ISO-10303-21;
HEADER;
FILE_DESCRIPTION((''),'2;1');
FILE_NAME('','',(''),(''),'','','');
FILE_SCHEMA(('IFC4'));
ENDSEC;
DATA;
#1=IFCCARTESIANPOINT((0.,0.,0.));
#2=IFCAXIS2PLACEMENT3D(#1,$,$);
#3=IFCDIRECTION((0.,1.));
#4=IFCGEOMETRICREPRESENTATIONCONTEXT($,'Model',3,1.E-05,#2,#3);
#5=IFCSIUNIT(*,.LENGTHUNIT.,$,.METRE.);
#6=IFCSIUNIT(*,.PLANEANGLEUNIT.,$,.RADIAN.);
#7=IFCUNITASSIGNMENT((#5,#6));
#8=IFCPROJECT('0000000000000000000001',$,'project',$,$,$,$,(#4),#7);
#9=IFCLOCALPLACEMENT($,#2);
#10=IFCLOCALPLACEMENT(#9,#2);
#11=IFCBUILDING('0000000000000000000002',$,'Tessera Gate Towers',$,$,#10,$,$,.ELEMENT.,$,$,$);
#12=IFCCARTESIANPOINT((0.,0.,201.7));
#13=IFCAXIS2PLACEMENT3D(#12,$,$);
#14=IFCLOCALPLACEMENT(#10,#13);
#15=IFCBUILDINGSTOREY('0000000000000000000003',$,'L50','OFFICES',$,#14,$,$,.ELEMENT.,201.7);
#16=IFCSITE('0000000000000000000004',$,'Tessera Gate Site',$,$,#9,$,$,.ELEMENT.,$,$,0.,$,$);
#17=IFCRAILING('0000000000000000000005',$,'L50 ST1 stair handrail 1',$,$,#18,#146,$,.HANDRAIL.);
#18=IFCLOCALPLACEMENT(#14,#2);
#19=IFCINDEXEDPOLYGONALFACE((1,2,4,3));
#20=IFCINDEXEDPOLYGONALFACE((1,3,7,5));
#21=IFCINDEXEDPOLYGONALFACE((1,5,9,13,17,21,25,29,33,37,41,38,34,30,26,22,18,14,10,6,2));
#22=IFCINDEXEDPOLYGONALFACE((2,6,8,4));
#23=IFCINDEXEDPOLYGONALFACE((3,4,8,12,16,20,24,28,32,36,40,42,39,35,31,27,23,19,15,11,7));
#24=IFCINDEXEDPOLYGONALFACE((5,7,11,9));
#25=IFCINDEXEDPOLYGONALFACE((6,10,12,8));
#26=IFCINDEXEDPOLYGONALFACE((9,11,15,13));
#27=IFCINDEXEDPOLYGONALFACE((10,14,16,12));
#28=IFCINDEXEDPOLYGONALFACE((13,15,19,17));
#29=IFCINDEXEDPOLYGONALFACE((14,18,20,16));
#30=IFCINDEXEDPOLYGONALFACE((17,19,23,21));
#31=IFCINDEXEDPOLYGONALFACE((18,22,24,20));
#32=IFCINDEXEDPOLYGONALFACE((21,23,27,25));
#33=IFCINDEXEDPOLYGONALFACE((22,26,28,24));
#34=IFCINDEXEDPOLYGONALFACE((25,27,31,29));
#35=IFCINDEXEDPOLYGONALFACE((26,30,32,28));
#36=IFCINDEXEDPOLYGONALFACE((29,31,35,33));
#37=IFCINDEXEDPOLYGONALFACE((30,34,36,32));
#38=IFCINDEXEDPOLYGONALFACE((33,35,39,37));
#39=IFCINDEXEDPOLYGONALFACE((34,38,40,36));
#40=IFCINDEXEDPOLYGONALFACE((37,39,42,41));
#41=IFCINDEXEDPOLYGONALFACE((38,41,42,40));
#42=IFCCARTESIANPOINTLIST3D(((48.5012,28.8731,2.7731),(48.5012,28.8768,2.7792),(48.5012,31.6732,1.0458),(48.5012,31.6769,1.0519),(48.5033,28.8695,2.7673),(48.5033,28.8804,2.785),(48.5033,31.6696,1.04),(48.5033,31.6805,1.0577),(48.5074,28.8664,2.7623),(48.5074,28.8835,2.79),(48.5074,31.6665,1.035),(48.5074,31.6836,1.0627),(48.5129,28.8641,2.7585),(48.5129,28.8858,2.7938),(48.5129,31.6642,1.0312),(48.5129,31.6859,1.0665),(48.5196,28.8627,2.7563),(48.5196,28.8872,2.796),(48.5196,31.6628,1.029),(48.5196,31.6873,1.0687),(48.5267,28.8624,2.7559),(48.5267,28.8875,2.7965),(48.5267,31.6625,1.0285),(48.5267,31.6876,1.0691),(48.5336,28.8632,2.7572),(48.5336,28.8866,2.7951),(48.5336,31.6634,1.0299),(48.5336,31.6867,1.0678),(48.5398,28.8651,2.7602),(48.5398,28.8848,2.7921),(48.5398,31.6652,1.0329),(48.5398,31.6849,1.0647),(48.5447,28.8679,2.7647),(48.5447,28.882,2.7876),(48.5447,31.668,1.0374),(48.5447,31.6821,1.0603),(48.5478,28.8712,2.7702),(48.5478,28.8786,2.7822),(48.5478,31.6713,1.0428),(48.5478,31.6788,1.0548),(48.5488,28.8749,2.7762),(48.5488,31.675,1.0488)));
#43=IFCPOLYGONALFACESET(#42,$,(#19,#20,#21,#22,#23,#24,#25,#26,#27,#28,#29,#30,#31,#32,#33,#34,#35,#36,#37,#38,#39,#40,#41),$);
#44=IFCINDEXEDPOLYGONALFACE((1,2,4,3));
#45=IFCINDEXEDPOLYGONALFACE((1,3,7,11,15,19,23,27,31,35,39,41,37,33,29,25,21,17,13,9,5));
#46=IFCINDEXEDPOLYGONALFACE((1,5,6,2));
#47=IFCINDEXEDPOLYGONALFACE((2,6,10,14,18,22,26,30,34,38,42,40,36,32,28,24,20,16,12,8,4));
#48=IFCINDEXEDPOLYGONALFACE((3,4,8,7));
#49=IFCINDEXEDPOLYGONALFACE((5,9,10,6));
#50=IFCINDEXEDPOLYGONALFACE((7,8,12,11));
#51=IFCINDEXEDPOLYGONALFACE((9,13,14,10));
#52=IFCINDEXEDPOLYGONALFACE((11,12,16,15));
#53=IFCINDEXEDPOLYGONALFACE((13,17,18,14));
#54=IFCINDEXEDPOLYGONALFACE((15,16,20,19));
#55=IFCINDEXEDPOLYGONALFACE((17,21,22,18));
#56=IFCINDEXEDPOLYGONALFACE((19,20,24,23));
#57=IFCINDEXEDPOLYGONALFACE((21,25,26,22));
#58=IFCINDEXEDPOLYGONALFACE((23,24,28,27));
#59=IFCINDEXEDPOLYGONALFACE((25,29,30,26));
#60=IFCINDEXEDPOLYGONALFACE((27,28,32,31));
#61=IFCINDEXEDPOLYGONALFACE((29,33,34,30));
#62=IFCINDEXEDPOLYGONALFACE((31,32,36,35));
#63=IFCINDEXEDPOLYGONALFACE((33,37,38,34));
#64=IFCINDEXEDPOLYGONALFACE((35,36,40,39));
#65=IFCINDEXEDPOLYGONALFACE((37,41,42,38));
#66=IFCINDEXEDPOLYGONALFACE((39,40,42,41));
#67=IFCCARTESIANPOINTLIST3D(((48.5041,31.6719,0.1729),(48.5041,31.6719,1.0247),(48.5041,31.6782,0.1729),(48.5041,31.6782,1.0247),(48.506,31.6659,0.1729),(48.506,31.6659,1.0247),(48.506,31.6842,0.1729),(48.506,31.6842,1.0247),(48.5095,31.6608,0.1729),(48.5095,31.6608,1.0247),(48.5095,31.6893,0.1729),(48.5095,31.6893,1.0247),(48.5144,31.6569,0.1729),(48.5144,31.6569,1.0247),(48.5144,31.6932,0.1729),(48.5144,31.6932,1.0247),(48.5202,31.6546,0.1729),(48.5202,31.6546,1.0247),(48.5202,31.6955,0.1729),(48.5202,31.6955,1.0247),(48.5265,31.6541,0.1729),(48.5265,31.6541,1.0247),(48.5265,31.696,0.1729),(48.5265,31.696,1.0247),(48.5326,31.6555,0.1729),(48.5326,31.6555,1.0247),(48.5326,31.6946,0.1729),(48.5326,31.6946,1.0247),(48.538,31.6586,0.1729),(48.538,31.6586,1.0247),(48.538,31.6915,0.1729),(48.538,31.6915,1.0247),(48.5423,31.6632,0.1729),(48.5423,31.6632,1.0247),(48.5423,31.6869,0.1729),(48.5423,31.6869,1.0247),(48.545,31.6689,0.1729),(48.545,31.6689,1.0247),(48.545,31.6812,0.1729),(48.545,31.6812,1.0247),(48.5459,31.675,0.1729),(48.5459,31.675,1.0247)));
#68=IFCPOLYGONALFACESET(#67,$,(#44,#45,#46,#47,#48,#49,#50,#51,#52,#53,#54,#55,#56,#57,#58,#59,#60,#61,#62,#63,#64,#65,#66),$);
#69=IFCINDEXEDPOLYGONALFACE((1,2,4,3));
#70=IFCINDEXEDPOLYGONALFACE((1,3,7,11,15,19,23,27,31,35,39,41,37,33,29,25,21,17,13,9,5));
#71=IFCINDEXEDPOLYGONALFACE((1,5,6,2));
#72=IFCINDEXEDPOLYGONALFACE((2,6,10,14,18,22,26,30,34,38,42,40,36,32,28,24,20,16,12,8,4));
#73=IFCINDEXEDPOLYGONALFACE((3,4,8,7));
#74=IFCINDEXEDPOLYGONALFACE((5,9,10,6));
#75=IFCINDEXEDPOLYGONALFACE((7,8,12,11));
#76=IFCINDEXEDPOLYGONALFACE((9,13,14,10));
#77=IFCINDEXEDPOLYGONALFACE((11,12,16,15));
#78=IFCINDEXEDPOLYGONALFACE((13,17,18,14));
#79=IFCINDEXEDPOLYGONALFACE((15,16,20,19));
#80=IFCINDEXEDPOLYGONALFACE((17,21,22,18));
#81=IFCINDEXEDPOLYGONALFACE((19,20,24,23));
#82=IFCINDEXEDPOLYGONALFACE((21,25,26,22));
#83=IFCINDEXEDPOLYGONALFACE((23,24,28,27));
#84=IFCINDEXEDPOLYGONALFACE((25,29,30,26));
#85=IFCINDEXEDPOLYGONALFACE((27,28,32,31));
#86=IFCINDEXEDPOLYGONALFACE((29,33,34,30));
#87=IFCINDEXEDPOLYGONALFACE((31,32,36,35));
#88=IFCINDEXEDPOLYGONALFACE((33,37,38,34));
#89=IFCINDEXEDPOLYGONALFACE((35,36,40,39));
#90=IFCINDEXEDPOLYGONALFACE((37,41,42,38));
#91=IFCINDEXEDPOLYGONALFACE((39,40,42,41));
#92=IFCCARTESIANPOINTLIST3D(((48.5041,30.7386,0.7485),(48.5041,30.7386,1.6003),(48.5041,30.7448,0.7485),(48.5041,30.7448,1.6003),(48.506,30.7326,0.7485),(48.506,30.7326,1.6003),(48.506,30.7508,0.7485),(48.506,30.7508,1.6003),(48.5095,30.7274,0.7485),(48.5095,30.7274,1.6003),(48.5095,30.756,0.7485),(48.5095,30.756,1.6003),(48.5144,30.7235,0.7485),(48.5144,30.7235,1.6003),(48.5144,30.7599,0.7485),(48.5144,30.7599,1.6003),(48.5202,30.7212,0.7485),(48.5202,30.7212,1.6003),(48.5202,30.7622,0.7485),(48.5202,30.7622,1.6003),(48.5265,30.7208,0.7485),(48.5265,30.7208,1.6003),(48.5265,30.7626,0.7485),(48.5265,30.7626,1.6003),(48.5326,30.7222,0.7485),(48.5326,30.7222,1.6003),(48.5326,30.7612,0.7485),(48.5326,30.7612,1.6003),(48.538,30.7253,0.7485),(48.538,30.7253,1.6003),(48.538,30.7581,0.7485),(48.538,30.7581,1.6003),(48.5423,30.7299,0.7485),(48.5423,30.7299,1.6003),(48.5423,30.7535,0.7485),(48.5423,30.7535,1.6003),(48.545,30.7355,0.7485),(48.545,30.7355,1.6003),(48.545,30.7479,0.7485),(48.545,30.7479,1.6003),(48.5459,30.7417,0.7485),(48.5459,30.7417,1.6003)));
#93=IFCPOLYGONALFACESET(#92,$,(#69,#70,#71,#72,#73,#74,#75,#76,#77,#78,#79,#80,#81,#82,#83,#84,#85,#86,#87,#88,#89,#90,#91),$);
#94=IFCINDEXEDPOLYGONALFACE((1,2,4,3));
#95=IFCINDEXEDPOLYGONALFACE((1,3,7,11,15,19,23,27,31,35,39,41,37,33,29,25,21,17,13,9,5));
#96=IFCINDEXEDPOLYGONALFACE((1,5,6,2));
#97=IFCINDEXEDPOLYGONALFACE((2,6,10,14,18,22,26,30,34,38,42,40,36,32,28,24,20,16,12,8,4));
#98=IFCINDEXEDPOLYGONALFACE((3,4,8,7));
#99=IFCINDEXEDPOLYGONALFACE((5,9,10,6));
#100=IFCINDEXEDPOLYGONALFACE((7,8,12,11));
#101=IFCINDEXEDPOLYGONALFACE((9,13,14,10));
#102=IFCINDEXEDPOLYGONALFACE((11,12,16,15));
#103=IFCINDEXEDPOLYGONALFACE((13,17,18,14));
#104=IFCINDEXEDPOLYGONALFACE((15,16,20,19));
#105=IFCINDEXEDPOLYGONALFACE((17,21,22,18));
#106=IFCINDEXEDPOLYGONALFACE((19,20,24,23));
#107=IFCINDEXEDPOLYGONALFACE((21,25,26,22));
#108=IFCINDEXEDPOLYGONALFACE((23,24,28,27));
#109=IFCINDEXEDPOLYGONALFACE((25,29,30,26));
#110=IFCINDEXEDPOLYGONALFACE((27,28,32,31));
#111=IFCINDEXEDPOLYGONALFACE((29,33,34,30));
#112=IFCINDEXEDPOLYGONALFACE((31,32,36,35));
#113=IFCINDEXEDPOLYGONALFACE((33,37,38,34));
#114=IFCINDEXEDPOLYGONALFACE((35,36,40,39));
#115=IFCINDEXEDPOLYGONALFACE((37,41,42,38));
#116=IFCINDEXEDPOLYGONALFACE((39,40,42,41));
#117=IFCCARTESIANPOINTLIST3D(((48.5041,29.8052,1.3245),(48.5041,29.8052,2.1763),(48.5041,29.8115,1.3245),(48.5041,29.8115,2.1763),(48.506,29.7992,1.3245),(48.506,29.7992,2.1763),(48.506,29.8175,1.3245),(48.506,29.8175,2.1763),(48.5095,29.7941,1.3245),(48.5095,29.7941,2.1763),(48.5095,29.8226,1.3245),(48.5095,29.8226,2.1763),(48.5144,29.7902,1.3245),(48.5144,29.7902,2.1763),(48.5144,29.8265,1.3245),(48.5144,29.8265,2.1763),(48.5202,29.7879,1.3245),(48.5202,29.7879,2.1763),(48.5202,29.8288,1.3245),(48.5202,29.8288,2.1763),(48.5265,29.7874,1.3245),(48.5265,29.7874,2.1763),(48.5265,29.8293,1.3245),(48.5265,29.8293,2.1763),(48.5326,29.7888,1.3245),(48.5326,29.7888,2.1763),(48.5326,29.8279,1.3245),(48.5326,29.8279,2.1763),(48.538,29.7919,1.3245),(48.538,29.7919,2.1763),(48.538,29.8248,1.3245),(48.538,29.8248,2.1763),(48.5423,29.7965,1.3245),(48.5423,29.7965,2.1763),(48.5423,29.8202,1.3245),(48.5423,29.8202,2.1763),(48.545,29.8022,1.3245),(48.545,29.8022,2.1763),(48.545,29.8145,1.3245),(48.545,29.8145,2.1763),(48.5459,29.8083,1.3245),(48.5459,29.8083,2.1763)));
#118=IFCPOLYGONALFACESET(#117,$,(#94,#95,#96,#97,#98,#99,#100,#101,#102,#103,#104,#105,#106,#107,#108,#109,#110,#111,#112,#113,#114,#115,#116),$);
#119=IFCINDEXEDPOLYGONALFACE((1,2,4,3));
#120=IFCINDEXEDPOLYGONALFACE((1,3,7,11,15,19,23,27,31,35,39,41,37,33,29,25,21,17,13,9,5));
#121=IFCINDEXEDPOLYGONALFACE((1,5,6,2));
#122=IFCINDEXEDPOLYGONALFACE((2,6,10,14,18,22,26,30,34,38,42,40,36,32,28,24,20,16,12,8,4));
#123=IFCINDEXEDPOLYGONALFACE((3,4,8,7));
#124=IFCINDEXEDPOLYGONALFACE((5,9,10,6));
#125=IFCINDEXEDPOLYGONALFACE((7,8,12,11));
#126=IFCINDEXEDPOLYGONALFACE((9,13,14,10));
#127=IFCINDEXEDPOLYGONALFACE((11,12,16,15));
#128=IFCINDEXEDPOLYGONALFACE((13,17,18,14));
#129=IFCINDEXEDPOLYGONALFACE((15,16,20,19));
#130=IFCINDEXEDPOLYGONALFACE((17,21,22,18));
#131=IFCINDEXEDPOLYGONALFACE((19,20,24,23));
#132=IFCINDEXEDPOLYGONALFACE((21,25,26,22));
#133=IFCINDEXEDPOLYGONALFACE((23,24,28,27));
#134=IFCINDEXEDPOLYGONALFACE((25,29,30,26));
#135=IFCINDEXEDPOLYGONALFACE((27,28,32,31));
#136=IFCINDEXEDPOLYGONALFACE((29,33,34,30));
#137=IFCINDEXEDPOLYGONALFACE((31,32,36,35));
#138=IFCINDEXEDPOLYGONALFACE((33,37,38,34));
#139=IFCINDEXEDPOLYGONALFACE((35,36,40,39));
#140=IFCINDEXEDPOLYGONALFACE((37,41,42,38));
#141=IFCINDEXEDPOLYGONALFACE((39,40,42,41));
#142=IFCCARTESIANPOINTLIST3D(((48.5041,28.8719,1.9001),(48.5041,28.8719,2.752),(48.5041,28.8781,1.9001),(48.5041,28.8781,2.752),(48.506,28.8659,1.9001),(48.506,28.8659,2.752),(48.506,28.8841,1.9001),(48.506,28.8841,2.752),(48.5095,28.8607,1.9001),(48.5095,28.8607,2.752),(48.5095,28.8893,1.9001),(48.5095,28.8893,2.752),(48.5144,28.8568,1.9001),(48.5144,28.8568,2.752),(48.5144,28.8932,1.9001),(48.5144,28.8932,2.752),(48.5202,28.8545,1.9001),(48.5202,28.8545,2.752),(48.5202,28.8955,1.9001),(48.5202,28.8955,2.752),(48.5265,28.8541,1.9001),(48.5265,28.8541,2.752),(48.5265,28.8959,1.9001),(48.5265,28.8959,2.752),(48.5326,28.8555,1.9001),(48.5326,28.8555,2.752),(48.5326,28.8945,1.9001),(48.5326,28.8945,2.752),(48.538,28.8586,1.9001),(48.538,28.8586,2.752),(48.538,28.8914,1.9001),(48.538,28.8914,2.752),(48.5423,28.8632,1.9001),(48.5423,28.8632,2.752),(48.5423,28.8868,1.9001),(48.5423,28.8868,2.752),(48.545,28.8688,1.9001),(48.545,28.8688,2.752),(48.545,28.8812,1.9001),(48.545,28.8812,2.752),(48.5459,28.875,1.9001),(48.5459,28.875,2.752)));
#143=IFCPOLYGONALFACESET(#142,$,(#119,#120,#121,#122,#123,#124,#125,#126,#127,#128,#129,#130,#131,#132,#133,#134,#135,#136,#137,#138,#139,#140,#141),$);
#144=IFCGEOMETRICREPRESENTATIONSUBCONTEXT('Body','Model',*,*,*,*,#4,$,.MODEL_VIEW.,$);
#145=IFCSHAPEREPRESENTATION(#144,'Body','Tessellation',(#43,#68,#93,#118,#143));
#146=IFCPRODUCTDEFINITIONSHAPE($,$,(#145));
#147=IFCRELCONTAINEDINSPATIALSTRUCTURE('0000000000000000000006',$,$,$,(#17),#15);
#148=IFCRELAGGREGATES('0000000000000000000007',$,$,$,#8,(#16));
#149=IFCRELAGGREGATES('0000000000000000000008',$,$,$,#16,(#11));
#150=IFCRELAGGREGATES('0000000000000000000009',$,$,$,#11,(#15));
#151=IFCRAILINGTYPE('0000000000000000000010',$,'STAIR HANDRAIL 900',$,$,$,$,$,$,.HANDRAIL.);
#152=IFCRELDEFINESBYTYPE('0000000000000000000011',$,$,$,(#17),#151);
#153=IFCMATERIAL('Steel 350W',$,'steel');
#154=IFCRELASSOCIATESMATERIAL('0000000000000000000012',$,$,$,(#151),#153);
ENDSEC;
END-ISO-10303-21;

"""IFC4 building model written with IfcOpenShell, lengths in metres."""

from ifc_helpers import new_model, si_unit, direction, frame, origin, origin_2d, place, context, subcontext, project, spatial, circle, extrude, material, type_object, element, save


model = new_model("IFC4")

# Units and contexts
model_context = context("Model", 3, precision=1e-05, world=origin(), true_north=direction((0.0, 1.0)))
body_context = subcontext(model_context, "Body", "Model", "MODEL_VIEW")
ifc_project = project(units=[si_unit("LENGTHUNIT", "METRE"), si_unit("PLANEANGLEUNIT", "RADIAN")], contexts=[model_context])

# Site, building, storey
site_placement = place(None, origin())
site = spatial("IfcSite", under=ifc_project, at=site_placement, Name="Tessera Gate Site", CompositionType="ELEMENT", RefElevation=0.0)
building_placement = place(site_placement, origin())
building = spatial("IfcBuilding", under=site, at=building_placement, Name="Tessera Gate Towers", CompositionType="ELEMENT")
storey_placement = place(building_placement, frame((0.0, 0.0, 201.7)))
storey = spatial("IfcBuildingStorey", under=building, at=storey_placement, Name="L50", Description="OFFICES", CompositionType="ELEMENT", Elevation=201.7)

# Railing
ifc_material_1 = material(Name="Steel 350W", Category="steel")
railing_type_1 = type_object("IfcRailingType", Name="STAIR HANDRAIL 900", PredefinedType="HANDRAIL", material=ifc_material_1)
railing_1_placement = place(storey_placement, frame((48.5249, 31.675, 0.1729)))
element("IfcRailing", 1, at=railing_1_placement, inside=storey, type_object=railing_type_1, Name="L50 ST1 stair handrail 1", PredefinedType="HANDRAIL", context=body_context, shape_type="SweptSolid", body=[
    extrude(circle(Radius=0.0239, at=origin_2d()), frame((0.0, 0.0, 0.876), z_axis=(0.0, -0.85109, 0.52502), x_axis=(1.0, 0.0, 0.0)), (0.0, 0.0, 1.0), 3.29),
    extrude(circle(Radius=0.021, at=origin_2d()), origin(), (0.0, 0.0, 1.0), 0.8518),
    extrude(circle(Radius=0.021, at=origin_2d()), frame((0.0, -0.9333, 0.5757)), (0.0, 0.0, 1.0), 0.8518),
    extrude(circle(Radius=0.021, at=origin_2d()), frame((0.0, -1.8667, 1.1516)), (0.0, 0.0, 1.0), 0.8518),
    extrude(circle(Radius=0.021, at=origin_2d()), frame((0.0, -2.8, 1.7273)), (0.0, 0.0, 1.0), 0.8518),
])

save(model, "model.ifc")
